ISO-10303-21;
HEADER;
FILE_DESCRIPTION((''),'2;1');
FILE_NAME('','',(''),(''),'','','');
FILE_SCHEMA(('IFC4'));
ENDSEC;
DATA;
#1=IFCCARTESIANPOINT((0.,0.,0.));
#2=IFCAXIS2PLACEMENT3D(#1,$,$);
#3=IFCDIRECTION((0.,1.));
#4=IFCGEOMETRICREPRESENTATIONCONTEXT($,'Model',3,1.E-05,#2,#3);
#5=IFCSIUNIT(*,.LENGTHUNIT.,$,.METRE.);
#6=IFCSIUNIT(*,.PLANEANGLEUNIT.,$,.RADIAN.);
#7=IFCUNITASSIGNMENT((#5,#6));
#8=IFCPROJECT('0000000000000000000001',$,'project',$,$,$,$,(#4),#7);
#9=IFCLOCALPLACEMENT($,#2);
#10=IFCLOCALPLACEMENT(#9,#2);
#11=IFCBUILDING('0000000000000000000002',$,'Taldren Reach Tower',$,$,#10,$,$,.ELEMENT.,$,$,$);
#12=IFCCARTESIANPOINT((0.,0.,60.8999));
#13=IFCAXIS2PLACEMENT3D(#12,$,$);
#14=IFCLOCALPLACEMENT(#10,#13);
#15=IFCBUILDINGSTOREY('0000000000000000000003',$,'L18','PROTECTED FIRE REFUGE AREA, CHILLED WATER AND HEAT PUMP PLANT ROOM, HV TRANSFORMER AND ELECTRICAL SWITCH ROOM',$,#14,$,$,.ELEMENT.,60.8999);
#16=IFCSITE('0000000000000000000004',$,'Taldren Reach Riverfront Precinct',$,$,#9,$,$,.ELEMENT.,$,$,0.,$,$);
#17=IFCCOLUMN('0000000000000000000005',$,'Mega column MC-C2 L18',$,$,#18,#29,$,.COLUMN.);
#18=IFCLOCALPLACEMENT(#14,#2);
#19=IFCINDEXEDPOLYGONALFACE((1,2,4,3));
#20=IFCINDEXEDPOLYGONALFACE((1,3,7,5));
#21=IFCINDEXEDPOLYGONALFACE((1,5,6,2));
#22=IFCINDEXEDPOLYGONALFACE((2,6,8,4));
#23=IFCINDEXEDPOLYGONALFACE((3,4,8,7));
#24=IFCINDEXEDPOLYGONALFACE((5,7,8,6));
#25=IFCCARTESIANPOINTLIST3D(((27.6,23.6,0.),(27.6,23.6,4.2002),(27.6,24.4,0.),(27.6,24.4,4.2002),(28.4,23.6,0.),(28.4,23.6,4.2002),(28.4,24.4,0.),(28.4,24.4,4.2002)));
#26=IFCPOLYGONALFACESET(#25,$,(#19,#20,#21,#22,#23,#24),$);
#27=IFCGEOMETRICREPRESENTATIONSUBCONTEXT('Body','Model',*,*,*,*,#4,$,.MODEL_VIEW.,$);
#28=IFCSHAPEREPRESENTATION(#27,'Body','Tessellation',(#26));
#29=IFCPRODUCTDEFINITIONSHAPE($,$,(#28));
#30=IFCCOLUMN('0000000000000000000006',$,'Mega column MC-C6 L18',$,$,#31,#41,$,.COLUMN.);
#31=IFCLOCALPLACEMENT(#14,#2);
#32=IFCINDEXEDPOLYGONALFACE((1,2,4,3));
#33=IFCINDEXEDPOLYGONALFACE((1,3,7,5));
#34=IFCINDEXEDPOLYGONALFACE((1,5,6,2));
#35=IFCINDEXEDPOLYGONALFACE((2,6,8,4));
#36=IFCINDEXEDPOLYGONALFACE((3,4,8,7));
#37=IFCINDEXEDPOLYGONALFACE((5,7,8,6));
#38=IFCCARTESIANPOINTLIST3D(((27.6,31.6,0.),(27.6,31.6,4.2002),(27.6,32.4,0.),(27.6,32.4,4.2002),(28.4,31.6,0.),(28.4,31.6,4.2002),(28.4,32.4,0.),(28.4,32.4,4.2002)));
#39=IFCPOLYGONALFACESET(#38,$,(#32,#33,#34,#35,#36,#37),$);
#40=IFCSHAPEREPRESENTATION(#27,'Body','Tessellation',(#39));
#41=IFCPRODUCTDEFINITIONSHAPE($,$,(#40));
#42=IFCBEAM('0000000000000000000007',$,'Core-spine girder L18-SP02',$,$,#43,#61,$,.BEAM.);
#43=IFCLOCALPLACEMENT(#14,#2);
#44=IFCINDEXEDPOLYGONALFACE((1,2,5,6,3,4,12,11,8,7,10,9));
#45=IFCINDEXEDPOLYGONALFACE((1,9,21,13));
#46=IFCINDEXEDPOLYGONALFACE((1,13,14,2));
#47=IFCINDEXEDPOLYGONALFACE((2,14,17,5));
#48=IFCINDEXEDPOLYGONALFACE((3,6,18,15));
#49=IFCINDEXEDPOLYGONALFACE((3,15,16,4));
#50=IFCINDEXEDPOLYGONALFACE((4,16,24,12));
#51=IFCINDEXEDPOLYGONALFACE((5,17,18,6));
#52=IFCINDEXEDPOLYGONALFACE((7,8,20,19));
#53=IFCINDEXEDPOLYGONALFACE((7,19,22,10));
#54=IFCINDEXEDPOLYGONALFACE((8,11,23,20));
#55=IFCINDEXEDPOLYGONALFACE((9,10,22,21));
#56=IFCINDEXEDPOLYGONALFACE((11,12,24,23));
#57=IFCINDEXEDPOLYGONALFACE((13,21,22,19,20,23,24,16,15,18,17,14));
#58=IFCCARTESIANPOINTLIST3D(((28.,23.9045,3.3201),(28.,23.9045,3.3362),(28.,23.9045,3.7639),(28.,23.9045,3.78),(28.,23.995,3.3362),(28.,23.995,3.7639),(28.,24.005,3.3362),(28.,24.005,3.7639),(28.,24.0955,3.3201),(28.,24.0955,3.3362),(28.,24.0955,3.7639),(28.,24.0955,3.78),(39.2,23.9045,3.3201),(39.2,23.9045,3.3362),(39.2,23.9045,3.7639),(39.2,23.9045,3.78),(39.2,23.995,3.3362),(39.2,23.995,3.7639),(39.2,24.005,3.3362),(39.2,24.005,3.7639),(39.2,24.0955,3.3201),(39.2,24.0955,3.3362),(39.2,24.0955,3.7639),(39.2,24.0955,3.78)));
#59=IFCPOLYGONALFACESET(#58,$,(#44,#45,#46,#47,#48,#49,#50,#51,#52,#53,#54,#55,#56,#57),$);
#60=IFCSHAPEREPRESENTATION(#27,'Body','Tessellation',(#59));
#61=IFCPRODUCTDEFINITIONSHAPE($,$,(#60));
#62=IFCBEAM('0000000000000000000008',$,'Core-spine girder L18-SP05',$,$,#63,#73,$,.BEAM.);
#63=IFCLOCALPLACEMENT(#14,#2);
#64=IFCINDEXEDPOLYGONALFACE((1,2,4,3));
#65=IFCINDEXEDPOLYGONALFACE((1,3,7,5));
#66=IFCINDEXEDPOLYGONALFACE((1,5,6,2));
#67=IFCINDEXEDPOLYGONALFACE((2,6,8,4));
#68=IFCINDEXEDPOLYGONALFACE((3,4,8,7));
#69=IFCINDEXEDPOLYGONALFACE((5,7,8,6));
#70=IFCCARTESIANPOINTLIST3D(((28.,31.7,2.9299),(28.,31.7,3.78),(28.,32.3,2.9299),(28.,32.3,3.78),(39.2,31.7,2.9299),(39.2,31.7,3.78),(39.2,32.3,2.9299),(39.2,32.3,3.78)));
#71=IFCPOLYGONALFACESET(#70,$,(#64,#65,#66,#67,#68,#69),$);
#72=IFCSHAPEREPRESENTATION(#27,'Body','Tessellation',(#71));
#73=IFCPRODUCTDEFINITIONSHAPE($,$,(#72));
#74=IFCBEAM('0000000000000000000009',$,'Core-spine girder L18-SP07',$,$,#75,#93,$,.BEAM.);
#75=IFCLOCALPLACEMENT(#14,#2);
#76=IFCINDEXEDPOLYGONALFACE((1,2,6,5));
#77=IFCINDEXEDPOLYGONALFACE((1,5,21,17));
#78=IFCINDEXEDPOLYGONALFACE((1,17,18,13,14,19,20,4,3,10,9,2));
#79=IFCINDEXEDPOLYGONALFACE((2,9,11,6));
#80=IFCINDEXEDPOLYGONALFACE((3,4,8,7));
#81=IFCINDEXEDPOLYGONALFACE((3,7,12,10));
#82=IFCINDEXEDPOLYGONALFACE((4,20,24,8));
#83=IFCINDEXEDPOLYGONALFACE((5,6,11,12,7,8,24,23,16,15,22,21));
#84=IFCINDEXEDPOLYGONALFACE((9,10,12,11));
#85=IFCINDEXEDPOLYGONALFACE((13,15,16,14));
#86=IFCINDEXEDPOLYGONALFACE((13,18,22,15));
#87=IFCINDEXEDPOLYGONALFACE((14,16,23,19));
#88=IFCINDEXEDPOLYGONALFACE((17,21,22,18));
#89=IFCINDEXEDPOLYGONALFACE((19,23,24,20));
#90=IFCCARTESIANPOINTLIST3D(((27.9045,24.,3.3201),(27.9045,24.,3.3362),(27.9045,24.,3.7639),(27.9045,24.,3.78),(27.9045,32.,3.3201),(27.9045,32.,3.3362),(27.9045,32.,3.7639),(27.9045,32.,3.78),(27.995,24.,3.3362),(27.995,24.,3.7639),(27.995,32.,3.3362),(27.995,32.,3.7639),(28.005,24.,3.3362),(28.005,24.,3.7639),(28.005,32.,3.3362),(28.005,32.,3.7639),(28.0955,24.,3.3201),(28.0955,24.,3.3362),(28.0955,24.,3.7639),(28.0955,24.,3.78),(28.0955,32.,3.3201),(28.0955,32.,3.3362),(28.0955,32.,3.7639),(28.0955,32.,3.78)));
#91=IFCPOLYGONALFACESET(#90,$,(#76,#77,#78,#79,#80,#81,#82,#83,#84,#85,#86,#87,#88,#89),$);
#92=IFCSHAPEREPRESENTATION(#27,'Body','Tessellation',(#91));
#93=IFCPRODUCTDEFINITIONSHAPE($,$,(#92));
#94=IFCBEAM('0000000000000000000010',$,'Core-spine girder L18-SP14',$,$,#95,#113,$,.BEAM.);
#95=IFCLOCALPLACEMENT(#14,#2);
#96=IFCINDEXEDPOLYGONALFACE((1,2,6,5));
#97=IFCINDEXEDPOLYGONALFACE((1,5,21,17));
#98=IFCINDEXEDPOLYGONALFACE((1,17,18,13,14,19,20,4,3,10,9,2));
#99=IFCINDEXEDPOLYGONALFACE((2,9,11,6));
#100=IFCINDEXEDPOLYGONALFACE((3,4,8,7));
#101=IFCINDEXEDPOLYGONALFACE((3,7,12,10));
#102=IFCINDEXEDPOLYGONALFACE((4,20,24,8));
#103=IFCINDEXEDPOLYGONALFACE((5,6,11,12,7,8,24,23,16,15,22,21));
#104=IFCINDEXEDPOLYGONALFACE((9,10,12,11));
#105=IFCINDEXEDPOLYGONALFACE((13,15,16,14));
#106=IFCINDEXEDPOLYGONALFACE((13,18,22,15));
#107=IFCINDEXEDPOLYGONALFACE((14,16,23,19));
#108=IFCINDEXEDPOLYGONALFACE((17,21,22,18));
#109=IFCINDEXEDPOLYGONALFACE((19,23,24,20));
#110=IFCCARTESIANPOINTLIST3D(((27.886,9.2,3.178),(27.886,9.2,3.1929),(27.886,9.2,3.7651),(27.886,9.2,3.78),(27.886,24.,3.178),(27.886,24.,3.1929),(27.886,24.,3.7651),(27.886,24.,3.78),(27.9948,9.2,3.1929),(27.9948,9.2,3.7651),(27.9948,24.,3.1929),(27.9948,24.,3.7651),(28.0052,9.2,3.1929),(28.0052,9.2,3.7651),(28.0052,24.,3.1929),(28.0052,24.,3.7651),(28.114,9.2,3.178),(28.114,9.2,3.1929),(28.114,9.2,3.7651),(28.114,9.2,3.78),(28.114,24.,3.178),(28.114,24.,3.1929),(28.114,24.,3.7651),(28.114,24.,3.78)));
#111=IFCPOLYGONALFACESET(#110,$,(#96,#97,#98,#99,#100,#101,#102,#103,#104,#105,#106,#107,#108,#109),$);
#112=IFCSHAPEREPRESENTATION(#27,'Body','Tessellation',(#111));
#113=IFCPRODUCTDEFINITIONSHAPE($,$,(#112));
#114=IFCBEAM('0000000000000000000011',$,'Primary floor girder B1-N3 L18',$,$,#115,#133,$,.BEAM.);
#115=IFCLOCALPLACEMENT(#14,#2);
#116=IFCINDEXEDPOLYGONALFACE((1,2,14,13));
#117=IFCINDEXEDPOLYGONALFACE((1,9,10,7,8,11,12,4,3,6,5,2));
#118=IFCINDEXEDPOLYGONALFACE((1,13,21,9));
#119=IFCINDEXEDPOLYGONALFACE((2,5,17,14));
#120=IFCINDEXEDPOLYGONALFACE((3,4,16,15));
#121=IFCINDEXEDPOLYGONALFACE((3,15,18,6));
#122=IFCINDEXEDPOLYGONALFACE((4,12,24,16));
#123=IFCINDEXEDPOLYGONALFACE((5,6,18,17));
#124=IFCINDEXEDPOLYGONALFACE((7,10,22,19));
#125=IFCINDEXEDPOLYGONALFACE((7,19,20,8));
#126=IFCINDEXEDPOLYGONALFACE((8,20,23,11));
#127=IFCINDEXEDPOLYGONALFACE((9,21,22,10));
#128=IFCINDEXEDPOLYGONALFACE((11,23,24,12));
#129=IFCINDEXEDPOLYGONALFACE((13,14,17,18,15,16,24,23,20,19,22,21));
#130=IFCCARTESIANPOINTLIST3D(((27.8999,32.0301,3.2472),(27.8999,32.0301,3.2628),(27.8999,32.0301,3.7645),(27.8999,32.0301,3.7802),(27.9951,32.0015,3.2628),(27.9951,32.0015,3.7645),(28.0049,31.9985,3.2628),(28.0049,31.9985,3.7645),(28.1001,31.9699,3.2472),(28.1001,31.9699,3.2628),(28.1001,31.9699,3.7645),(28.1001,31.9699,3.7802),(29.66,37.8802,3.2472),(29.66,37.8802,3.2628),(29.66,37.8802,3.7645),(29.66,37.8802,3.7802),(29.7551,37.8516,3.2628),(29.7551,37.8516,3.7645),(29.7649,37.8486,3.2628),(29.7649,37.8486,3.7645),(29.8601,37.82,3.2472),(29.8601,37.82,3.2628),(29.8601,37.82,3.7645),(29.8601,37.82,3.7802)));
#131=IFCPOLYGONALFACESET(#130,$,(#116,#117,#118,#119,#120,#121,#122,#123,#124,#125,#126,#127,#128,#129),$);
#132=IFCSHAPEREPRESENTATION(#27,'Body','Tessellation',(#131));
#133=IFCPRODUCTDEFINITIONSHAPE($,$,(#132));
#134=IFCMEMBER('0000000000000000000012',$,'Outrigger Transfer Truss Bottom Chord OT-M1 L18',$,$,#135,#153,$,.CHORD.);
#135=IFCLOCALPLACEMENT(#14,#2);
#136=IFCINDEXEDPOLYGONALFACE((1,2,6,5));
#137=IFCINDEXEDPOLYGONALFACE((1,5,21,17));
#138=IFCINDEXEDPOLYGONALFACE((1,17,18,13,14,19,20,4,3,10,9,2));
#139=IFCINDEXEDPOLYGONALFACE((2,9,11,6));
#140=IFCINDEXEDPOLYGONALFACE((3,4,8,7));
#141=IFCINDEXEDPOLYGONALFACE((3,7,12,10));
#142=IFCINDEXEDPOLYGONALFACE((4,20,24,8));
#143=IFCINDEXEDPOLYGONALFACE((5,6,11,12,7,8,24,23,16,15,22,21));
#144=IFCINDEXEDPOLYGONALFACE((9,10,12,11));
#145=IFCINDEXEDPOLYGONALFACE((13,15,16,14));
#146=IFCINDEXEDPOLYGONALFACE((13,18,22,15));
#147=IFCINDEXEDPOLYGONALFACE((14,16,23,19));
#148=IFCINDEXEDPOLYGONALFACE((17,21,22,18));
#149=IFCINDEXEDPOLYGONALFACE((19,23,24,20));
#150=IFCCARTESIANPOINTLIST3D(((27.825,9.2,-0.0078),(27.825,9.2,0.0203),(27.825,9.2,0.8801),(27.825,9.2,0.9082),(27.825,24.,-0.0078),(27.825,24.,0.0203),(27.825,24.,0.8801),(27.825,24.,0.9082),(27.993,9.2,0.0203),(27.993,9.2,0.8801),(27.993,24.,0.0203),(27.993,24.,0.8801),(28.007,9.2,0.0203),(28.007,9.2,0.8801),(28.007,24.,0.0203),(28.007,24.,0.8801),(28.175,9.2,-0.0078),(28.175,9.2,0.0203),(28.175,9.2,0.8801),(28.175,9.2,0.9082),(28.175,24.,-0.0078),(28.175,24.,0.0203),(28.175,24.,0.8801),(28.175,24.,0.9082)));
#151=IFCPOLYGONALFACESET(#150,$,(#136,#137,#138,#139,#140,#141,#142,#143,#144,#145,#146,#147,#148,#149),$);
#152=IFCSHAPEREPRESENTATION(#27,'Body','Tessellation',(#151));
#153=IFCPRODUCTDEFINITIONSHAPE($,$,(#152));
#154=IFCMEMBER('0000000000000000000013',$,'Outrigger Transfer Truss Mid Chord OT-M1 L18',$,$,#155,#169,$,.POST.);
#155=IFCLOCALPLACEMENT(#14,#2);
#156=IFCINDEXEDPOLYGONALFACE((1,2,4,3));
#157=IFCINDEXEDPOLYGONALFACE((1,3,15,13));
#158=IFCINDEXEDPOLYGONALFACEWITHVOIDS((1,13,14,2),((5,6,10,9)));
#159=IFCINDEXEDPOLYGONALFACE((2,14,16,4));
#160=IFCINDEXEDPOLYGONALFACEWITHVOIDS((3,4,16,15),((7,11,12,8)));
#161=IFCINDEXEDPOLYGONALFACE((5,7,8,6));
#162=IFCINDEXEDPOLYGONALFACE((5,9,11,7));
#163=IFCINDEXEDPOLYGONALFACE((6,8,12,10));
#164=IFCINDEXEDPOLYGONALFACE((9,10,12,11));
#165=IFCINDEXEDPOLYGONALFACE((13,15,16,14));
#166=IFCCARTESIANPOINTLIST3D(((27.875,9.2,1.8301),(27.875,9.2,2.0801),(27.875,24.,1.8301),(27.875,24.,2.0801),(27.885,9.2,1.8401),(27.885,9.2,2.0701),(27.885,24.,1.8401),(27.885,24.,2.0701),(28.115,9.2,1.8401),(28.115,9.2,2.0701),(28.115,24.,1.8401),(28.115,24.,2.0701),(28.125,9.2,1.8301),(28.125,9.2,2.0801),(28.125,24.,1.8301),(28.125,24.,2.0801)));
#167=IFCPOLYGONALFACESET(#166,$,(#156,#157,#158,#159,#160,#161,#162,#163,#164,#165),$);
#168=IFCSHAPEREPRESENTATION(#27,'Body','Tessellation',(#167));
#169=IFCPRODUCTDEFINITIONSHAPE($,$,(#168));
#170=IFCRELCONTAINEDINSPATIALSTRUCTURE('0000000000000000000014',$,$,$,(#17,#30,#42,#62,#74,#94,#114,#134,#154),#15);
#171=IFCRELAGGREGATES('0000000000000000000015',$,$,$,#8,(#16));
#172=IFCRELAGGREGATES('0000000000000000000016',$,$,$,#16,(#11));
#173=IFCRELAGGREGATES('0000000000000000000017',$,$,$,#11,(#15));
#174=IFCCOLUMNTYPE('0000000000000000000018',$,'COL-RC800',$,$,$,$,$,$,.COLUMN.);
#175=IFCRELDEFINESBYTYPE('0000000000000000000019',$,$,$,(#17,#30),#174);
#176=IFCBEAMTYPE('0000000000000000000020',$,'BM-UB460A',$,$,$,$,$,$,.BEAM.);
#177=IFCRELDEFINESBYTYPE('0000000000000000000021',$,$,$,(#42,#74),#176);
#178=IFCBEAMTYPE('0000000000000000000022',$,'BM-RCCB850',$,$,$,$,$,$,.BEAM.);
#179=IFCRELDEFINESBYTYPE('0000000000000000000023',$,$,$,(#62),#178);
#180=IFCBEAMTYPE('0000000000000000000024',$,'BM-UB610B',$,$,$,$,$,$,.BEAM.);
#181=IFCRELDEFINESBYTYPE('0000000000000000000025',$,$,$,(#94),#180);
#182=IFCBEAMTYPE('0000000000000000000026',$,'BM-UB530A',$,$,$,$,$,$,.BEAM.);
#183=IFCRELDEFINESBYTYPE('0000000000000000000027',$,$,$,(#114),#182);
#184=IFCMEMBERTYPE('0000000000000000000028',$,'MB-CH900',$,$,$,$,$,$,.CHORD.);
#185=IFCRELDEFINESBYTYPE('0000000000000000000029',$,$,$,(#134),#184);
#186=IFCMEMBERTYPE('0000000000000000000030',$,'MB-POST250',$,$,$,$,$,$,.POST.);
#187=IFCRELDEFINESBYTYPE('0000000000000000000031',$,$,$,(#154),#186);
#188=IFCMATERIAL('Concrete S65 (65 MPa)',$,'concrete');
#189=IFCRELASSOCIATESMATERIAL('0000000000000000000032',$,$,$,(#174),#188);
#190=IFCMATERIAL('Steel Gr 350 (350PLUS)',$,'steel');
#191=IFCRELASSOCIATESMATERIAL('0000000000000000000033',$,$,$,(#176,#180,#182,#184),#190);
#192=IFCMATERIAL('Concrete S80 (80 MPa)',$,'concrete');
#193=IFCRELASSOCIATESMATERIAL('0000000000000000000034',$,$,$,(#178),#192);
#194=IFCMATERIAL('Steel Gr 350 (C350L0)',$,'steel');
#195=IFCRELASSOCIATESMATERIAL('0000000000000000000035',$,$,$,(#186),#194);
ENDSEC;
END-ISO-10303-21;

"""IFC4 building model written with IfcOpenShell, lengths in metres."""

from ifc_helpers import new_model, si_unit, direction, frame, origin, origin_2d, place, context, subcontext, project, spatial, rectangle, hollow_rectangle, i_section, extrude, source, transform, mapped, material, material_profile, profile_set, type_object, element, save


model = new_model("IFC4")

# Units and contexts
model_context = context("Model", 3, precision=1e-05, world=origin(), true_north=direction((0.0, 1.0)))
body_context = subcontext(model_context, "Body", "Model", "MODEL_VIEW")
ifc_project = project(units=[si_unit("LENGTHUNIT", "METRE"), si_unit("PLANEANGLEUNIT", "RADIAN")], contexts=[model_context])

# Site, building, storey
site_placement = place(None, origin())
site = spatial("IfcSite", under=ifc_project, at=site_placement, Name="Taldren Reach Riverfront Precinct", CompositionType="ELEMENT", RefElevation=0.0)
building_placement = place(site_placement, origin())
building = spatial("IfcBuilding", under=site, at=building_placement, Name="Taldren Reach Tower", CompositionType="ELEMENT")
storey_placement = place(building_placement, frame((0.0, 0.0, 60.8999)))
storey = spatial("IfcBuildingStorey", under=building, at=storey_placement, Name="L18", Description="PROTECTED FIRE REFUGE AREA, CHILLED WATER AND HEAT PUMP PLANT ROOM, HV TRANSFORMER AND ELECTRICAL SWITCH ROOM", CompositionType="ELEMENT", Elevation=60.8999)

# Columns
ifc_material_1 = material(Name="Concrete S65 (65 MPa)", Category="concrete")
ifc_material_profile_1 = material_profile(ifc_material_1, rectangle(XDim=0.8, YDim=0.8, at=origin_2d()), Name="RC-800x800")
ifc_profile_set_1 = profile_set([ifc_material_profile_1], Name="Concrete S65 (65 MPa)")
column_type = type_object("IfcColumnType", Name="COL-RC800", PredefinedType="COLUMN", material=ifc_profile_set_1)
shared_shape_1 = source(origin(), body_context, "Body", "SweptSolid", [
    extrude(rectangle(XDim=0.8, YDim=0.8, at=origin_2d()), origin(), (0.0, 0.0, 1.0), 4.2002),
])
for number, where, z_axis, x_axis, name in (
    (1, (28.0, 24.0, 0.0), (0.0, 0.0, 1.0), (1.0, 0.0, 0.0), "Mega column MC-C2 L18"),
    (2, (28.0, 32.0, 0.0), (0.0, 0.0, 1.0), (1.0, 0.0, 0.0), "Mega column MC-C6 L18"),
):
    element("IfcColumn", number, at=place(storey_placement, frame(where, z_axis=z_axis, x_axis=x_axis)), inside=storey, type_object=column_type, Name=name, PredefinedType="COLUMN", context=body_context, shape_type="MappedRepresentation", body=[
        mapped(shared_shape_1, transform((0.0, 0.0, 0.0), scale=1.0)),
    ])

# Beams
ifc_material_2 = material(Name="Steel Gr 350 (350PLUS)", Category="steel")
ifc_material_profile_2 = material_profile(ifc_material_2, i_section(OverallWidth=0.1909, OverallDepth=0.46, WebThickness=0.01, FlangeThickness=0.0161, at=origin_2d()), Name="460UB82.1")
ifc_profile_set_2 = profile_set([ifc_material_profile_2], Name="Steel Gr 350 (350PLUS)")
beam_type_1 = type_object("IfcBeamType", Name="BM-UB460A", PredefinedType="BEAM", material=ifc_profile_set_2)
shared_shape_2 = source(origin(), body_context, "Body", "SweptSolid", [
    extrude(i_section(OverallWidth=0.1909, OverallDepth=0.46, WebThickness=0.01, FlangeThickness=0.0161, at=origin_2d()), origin(), (0.0, 0.0, 1.0), 11.2),
])
beam_1_placement = place(storey_placement, frame((28.0, 24.0, 3.55), z_axis=(1.0, 0.0, 0.0), x_axis=(0.0, 1.0, 0.0)))
element("IfcBeam", 3, at=beam_1_placement, inside=storey, type_object=beam_type_1, Name="Core-spine girder L18-SP02", PredefinedType="BEAM", context=body_context, shape_type="MappedRepresentation", body=[
    mapped(shared_shape_2, transform((0.0, 0.0, 0.0), scale=1.0)),
])
ifc_material_3 = material(Name="Concrete S80 (80 MPa)", Category="concrete")
ifc_material_profile_3 = material_profile(ifc_material_3, rectangle(XDim=0.6001, YDim=0.8501, at=origin_2d()), Name="RC-CB600x850")
ifc_profile_set_3 = profile_set([ifc_material_profile_3], Name="Concrete S80 (80 MPa)")
beam_type_2 = type_object("IfcBeamType", Name="BM-RCCB850", PredefinedType="BEAM", material=ifc_profile_set_3)
shared_shape_3 = source(origin(), body_context, "Body", "SweptSolid", [
    extrude(rectangle(XDim=0.6001, YDim=0.8501, at=origin_2d()), origin(), (0.0, 0.0, 1.0), 11.2),
])
beam_2_placement = place(storey_placement, frame((28.0, 32.0, 3.355), z_axis=(1.0, 0.0, 0.0), x_axis=(0.0, 1.0, 0.0)))
element("IfcBeam", 4, at=beam_2_placement, inside=storey, type_object=beam_type_2, Name="Core-spine girder L18-SP05", PredefinedType="BEAM", context=body_context, shape_type="MappedRepresentation", body=[
    mapped(shared_shape_3, transform((0.0, 0.0, 0.0), scale=1.0)),
])
shared_shape_4 = source(origin(), body_context, "Body", "SweptSolid", [
    extrude(i_section(OverallWidth=0.1909, OverallDepth=0.46, WebThickness=0.01, FlangeThickness=0.0161, at=origin_2d()), origin(), (0.0, 0.0, 1.0), 8.0),
])
beam_3_placement = place(storey_placement, frame((28.0, 24.0, 3.55), z_axis=(0.0, 1.0, 0.0), x_axis=(-1.0, 0.0, 0.0)))
element("IfcBeam", 5, at=beam_3_placement, inside=storey, type_object=beam_type_1, Name="Core-spine girder L18-SP07", PredefinedType="BEAM", context=body_context, shape_type="MappedRepresentation", body=[
    mapped(shared_shape_4, transform((0.0, 0.0, 0.0), scale=1.0)),
])
ifc_material_profile_4 = material_profile(ifc_material_2, i_section(OverallWidth=0.228, OverallDepth=0.6021, WebThickness=0.0105, FlangeThickness=0.0149, at=origin_2d()), Name="610UB101")
ifc_profile_set_4 = profile_set([ifc_material_profile_4], Name="Steel Gr 350 (350PLUS)")
beam_type_3 = type_object("IfcBeamType", Name="BM-UB610B", PredefinedType="BEAM", material=ifc_profile_set_4)
shared_shape_5 = source(origin(), body_context, "Body", "SweptSolid", [
    extrude(i_section(OverallWidth=0.228, OverallDepth=0.6021, WebThickness=0.0105, FlangeThickness=0.0149, at=origin_2d()), origin(), (0.0, 0.0, 1.0), 14.8),
])
beam_4_placement = place(storey_placement, frame((28.0, 24.0, 3.479), z_axis=(0.0, -1.0, 0.0), x_axis=(1.0, 0.0, 0.0)))
element("IfcBeam", 6, at=beam_4_placement, inside=storey, type_object=beam_type_3, Name="Core-spine girder L18-SP14", PredefinedType="BEAM", context=body_context, shape_type="MappedRepresentation", body=[
    mapped(shared_shape_5, transform((0.0, 0.0, 0.0), scale=1.0)),
])
ifc_material_profile_5 = material_profile(ifc_material_2, i_section(OverallWidth=0.209, OverallDepth=0.533, WebThickness=0.0103, FlangeThickness=0.0156, at=origin_2d()), Name="530UB92.4")
ifc_profile_set_5 = profile_set([ifc_material_profile_5], Name="Steel Gr 350 (350PLUS)")
beam_type_4 = type_object("IfcBeamType", Name="BM-UB530A", PredefinedType="BEAM", material=ifc_profile_set_5)
shared_shape_6 = source(origin(), body_context, "Body", "SweptSolid", [
    extrude(i_section(OverallWidth=0.209, OverallDepth=0.533, WebThickness=0.0103, FlangeThickness=0.0156, at=origin_2d()), origin(), (0.0, 0.0, 1.0), 6.1091),
])
beam_5_placement = place(storey_placement, frame((28.0, 32.0, 3.5137), z_axis=(0.288096, 0.957602, 0.0), x_axis=(-0.957602, 0.288096, 0.0)))
element("IfcBeam", 7, at=beam_5_placement, inside=storey, type_object=beam_type_4, Name="Primary floor girder B1-N3 L18", PredefinedType="BEAM", context=body_context, shape_type="MappedRepresentation", body=[
    mapped(shared_shape_6, transform((0.0, 0.0, 0.0), scale=1.0)),
])

# Members
ifc_material_profile_6 = material_profile(ifc_material_2, i_section(OverallWidth=0.3501, OverallDepth=0.916, WebThickness=0.0139, FlangeThickness=0.0281, at=origin_2d()), Name="900WB257")
ifc_profile_set_6 = profile_set([ifc_material_profile_6], Name="Steel Gr 350 (350PLUS)")
member_type_1 = type_object("IfcMemberType", Name="MB-CH900", PredefinedType="CHORD", material=ifc_profile_set_6)
shared_shape_7 = source(origin(), body_context, "Body", "SweptSolid", [
    extrude(i_section(OverallWidth=0.3501, OverallDepth=0.916, WebThickness=0.0139, FlangeThickness=0.0281, at=origin_2d()), origin(), (0.0, 0.0, 1.0), 14.8),
])
member_1_placement = place(storey_placement, frame((28.0, 24.0, 0.4502), z_axis=(0.0, -1.0, 0.0), x_axis=(1.0, 0.0, 0.0)))
element("IfcMember", 8, at=member_1_placement, inside=storey, type_object=member_type_1, Name="Outrigger Transfer Truss Bottom Chord OT-M1 L18", PredefinedType="CHORD", context=body_context, shape_type="MappedRepresentation", body=[
    mapped(shared_shape_7, transform((0.0, 0.0, 0.0), scale=1.0)),
])
ifc_material_4 = material(Name="Steel Gr 350 (C350L0)", Category="steel")
ifc_material_profile_7 = material_profile(ifc_material_4, hollow_rectangle(XDim=0.25, YDim=0.25, WallThickness=0.01, at=origin_2d()), Name="250x250x10.0SHS")
ifc_profile_set_7 = profile_set([ifc_material_profile_7], Name="Steel Gr 350 (C350L0)")
member_type_2 = type_object("IfcMemberType", Name="MB-POST250", PredefinedType="POST", material=ifc_profile_set_7)
shared_shape_8 = source(origin(), body_context, "Body", "SweptSolid", [
    extrude(hollow_rectangle(XDim=0.25, YDim=0.25, WallThickness=0.01, at=origin_2d()), origin(), (0.0, 0.0, 1.0), 14.8),
])
member_2_placement = place(storey_placement, frame((28.0, 24.0, 1.9551), z_axis=(0.0, -1.0, 0.0), x_axis=(1.0, 0.0, 0.0)))
element("IfcMember", 9, at=member_2_placement, inside=storey, type_object=member_type_2, Name="Outrigger Transfer Truss Mid Chord OT-M1 L18", PredefinedType="POST", context=body_context, shape_type="MappedRepresentation", body=[
    mapped(shared_shape_8, transform((0.0, 0.0, 0.0), scale=1.0)),
])

save(model, "model.ifc")
